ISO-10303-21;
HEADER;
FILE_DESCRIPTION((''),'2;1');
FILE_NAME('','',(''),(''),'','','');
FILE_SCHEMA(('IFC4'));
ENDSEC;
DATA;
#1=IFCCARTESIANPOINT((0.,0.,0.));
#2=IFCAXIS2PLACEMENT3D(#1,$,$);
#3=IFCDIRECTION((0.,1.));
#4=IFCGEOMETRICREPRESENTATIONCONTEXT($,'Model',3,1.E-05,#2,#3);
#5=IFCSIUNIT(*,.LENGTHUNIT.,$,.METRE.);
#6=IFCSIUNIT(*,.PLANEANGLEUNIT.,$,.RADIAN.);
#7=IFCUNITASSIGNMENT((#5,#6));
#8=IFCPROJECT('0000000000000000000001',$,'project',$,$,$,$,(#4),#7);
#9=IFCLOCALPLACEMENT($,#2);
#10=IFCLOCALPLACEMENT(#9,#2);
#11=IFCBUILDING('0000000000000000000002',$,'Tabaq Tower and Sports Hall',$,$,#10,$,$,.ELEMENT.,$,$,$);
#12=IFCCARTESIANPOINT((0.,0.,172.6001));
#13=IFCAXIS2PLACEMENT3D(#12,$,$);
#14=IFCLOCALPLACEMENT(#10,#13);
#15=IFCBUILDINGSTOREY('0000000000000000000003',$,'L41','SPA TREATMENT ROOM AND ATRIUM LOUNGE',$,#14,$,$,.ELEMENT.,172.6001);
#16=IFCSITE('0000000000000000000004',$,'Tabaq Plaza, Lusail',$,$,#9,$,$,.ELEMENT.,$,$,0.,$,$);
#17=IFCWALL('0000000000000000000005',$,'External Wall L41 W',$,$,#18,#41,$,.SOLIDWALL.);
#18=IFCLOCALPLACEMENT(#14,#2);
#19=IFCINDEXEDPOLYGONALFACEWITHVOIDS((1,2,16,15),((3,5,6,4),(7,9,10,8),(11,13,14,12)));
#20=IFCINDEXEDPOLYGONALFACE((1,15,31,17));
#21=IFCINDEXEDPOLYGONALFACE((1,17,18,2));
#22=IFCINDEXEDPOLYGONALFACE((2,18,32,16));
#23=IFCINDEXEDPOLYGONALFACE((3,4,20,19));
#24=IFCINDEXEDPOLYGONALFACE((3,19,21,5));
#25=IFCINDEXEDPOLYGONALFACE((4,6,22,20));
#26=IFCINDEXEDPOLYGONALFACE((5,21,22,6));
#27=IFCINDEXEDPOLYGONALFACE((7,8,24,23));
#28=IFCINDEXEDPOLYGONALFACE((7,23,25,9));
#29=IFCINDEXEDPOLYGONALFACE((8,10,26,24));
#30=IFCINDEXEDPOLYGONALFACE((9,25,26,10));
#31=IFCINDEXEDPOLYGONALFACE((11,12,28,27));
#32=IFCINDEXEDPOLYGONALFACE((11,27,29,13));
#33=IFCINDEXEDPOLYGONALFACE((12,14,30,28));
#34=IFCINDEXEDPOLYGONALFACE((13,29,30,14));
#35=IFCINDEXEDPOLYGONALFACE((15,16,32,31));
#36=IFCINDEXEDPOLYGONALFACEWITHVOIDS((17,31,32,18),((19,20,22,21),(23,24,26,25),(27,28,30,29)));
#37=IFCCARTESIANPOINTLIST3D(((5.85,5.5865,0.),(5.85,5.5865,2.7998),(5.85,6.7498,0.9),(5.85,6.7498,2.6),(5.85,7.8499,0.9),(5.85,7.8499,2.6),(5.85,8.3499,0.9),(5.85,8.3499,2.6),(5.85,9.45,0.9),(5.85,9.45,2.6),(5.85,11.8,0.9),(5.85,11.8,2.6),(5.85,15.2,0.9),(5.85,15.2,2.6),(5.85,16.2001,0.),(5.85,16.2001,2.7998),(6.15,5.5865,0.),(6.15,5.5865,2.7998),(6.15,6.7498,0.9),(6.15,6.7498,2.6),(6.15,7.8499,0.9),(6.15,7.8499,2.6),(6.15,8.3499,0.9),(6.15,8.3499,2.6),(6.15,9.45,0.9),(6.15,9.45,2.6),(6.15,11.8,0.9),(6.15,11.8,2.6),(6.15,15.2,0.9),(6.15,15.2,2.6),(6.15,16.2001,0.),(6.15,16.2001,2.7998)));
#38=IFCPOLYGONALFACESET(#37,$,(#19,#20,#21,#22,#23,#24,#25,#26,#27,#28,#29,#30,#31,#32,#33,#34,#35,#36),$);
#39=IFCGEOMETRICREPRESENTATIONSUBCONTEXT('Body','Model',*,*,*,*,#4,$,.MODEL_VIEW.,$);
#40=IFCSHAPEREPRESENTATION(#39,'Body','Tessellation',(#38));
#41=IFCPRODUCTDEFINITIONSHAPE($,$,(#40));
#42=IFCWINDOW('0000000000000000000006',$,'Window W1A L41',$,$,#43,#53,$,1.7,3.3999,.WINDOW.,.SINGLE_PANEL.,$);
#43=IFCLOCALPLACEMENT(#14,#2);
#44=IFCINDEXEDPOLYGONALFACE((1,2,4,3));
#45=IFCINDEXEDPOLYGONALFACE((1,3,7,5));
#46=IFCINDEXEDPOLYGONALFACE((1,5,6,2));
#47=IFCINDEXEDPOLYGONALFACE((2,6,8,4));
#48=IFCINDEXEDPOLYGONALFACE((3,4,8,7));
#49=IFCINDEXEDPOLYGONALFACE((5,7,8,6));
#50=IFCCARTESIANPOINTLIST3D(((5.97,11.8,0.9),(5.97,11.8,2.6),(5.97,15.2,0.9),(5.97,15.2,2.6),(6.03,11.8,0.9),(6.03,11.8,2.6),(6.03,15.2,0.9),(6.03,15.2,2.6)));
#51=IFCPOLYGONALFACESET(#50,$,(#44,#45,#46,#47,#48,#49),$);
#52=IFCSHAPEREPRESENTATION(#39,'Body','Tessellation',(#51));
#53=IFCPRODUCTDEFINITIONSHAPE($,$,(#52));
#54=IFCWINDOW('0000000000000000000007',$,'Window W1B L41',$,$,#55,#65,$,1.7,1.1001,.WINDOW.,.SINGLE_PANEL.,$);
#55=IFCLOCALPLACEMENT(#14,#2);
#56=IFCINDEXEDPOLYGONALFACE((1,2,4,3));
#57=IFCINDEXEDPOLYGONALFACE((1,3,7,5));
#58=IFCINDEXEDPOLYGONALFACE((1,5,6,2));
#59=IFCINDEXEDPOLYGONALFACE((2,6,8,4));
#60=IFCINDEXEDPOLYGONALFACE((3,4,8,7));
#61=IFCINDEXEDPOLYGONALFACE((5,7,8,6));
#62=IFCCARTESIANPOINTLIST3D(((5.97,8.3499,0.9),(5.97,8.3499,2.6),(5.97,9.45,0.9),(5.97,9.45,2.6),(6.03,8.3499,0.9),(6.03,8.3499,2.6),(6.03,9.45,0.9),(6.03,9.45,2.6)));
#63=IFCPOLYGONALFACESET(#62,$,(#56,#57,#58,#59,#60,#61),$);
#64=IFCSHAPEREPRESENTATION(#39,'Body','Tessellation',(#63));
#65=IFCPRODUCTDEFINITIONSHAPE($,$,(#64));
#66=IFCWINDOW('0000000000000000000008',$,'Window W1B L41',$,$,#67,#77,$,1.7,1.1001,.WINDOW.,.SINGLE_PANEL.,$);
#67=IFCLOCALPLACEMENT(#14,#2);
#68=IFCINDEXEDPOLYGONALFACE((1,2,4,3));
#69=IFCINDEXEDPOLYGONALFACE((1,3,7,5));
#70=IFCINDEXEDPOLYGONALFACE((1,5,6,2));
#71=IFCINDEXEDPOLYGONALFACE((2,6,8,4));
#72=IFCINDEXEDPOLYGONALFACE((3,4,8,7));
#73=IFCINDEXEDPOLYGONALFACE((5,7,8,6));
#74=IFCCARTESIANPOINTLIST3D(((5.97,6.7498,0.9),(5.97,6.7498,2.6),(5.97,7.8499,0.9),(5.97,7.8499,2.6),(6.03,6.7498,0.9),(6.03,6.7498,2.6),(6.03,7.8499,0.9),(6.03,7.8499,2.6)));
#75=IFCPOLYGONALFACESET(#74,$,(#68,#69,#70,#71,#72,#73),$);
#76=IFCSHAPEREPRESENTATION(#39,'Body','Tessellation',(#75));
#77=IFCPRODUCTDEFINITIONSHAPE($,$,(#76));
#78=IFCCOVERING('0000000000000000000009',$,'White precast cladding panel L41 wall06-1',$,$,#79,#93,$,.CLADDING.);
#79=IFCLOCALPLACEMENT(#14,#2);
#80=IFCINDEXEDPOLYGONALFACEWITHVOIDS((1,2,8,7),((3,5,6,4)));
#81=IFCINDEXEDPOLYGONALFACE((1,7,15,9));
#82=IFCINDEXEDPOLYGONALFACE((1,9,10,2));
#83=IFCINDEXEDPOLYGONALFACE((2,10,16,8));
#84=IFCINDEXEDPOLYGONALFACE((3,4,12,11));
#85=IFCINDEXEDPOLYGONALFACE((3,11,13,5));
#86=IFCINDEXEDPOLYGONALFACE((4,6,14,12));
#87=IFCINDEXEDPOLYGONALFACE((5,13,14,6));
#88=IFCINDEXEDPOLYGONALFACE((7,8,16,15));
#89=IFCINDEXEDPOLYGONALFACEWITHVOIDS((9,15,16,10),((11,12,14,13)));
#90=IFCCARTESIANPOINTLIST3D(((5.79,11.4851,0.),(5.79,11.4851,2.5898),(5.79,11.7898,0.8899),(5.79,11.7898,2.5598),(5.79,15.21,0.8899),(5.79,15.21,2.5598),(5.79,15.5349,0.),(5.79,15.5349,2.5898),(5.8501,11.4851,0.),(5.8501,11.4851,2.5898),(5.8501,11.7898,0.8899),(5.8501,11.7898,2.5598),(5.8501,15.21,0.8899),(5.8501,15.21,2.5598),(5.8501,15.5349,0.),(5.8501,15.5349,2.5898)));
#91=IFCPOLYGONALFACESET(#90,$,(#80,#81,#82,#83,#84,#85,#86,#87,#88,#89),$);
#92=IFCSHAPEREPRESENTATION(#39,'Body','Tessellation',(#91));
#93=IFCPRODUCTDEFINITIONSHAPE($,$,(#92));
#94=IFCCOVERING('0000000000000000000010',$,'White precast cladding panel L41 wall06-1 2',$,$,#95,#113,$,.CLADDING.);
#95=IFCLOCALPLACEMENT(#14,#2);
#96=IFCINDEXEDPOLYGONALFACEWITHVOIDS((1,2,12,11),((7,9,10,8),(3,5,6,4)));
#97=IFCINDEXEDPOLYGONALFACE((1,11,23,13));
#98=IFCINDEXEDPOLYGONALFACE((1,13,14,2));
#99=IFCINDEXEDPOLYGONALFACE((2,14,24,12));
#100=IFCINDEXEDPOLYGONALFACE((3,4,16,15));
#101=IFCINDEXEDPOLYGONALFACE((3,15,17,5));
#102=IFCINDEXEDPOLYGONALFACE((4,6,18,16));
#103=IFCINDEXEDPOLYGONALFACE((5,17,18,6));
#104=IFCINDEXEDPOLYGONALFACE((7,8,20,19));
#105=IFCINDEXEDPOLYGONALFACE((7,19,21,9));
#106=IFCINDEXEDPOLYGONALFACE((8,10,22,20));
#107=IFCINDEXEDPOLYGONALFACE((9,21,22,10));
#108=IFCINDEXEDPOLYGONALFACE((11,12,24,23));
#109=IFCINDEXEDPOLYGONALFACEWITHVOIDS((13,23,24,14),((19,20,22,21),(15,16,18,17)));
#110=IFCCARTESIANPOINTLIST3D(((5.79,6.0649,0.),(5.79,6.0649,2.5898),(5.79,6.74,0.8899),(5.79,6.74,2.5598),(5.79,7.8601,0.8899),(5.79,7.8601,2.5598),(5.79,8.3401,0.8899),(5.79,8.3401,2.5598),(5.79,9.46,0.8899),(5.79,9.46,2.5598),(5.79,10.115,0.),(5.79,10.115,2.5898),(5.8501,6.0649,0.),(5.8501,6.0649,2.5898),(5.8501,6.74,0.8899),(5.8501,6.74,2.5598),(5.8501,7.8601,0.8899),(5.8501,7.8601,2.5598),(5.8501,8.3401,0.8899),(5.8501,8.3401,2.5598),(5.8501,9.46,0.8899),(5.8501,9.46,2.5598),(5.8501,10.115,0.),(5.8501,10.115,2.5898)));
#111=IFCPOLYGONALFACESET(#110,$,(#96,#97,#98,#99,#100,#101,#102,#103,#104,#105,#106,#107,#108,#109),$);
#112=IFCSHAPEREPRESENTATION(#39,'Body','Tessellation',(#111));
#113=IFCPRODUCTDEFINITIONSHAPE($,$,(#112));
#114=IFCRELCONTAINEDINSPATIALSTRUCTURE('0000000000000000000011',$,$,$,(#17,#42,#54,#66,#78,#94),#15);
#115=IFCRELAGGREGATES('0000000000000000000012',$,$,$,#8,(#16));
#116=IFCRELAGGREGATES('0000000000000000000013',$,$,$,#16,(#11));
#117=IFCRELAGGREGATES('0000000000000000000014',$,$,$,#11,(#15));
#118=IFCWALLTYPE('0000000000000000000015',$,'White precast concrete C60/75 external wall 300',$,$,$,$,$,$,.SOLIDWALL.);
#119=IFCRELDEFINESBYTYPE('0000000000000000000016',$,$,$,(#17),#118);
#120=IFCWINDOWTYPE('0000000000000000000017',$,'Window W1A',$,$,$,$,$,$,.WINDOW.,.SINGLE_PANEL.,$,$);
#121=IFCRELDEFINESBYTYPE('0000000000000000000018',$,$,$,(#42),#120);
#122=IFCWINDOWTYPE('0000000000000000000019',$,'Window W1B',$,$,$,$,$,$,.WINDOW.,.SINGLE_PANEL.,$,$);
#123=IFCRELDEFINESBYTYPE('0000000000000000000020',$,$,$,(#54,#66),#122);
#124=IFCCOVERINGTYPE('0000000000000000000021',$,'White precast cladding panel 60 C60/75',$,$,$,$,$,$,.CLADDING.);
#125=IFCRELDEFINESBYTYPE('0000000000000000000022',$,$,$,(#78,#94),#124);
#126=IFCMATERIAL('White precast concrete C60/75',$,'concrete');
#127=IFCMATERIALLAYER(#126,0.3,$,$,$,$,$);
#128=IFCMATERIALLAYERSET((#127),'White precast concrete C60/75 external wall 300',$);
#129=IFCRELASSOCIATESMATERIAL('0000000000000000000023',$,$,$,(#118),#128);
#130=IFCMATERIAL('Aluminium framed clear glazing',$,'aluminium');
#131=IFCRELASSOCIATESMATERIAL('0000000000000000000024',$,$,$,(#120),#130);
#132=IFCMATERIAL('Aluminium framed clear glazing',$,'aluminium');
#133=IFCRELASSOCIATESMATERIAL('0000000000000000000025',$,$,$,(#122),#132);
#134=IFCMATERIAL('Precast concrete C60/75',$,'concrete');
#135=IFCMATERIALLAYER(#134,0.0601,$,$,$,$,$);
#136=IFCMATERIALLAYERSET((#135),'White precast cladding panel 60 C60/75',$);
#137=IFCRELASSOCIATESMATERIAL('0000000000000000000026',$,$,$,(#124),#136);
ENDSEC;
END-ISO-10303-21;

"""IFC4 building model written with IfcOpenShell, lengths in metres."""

from ifc_helpers import new_model, si_unit, direction, frame, frame_2d, origin, place, context, subcontext, project, spatial, polyline, rectangle, outline, extrude, material, layer, layer_set, type_object, element, fill, save


model = new_model("IFC4")

# Units and contexts
model_context = context("Model", 3, precision=1e-05, world=origin(), true_north=direction((0.0, 1.0)))
body_context = subcontext(model_context, "Body", "Model", "MODEL_VIEW")
ifc_project = project(units=[si_unit("LENGTHUNIT", "METRE"), si_unit("PLANEANGLEUNIT", "RADIAN")], contexts=[model_context])

# Site, building, storey
site_placement = place(None, origin())
site = spatial("IfcSite", under=ifc_project, at=site_placement, Name="Tabaq Plaza, Lusail", CompositionType="ELEMENT", RefElevation=0.0)
building_placement = place(site_placement, origin())
building = spatial("IfcBuilding", under=site, at=building_placement, Name="Tabaq Tower and Sports Hall", CompositionType="ELEMENT")
storey_placement = place(building_placement, frame((0.0, 0.0, 172.6001)))
storey = spatial("IfcBuildingStorey", under=building, at=storey_placement, Name="L41", Description="SPA TREATMENT ROOM AND ATRIUM LOUNGE", CompositionType="ELEMENT", Elevation=172.6001)

# Wall, openings, windows
ifc_material_1 = material(Name="White precast concrete C60/75", Category="concrete")
ifc_layer_1 = layer(ifc_material_1, 0.3)
ifc_layer_set_1 = layer_set([ifc_layer_1], Name="White precast concrete C60/75 external wall 300")
wall_type_1 = type_object("IfcWallType", Name="White precast concrete C60/75 external wall 300", PredefinedType="SOLIDWALL", material=ifc_layer_set_1)
wall_1_placement = place(storey_placement, frame((6.0, 16.2, 0.0), z_axis=(0.0, 0.0, 1.0), x_axis=(0.0, -1.0, 0.0)))
wall_1 = element("IfcWall", 1, at=wall_1_placement, inside=storey, type_object=wall_type_1, Name="External Wall L41 W", PredefinedType="SOLIDWALL", context=body_context, shape_type="SweptSolid", body=[
    extrude(rectangle(XDim=10.6135, YDim=0.3, at=frame_2d((5.3066, 0.0))), origin(), (0.0, 0.0, 1.0), 2.7998),
])
opening_1_placement = place(wall_1_placement, frame((1.0, 0.0, 0.8999)))
opening_1 = element("IfcOpeningElement", 2, at=opening_1_placement, cuts=wall_1, PredefinedType="OPENING", context=body_context, shape_type="SweptSolid", body=[
    extrude(rectangle(XDim=3.3999, YDim=1.7, at=frame_2d((1.7, 0.8501))), frame((0.0, 0.1602, 0.0), z_axis=(0.0, -1.0, 0.0), x_axis=(1.0, 0.0, 0.0)), (0.0, 0.0, 1.0), 0.3201),
])
opening_2_placement = place(wall_1_placement, frame((6.75, 0.0, 0.8999)))
opening_2 = element("IfcOpeningElement", 3, at=opening_2_placement, cuts=wall_1, PredefinedType="OPENING", context=body_context, shape_type="SweptSolid", body=[
    extrude(rectangle(XDim=1.1001, YDim=1.7, at=frame_2d((0.55, 0.8501))), frame((0.0, 0.1602, 0.0), z_axis=(0.0, -1.0, 0.0), x_axis=(1.0, 0.0, 0.0)), (0.0, 0.0, 1.0), 0.3201),
])
opening_3_placement = place(wall_1_placement, frame((8.3501, 0.0, 0.8999)))
opening_3 = element("IfcOpeningElement", 4, at=opening_3_placement, cuts=wall_1, PredefinedType="OPENING", context=body_context, shape_type="SweptSolid", body=[
    extrude(rectangle(XDim=1.1001, YDim=1.7, at=frame_2d((0.55, 0.8501))), frame((0.0, 0.1602, 0.0), z_axis=(0.0, -1.0, 0.0), x_axis=(1.0, 0.0, 0.0)), (0.0, 0.0, 1.0), 0.3201),
])
ifc_material_2 = material(Name="Aluminium framed clear glazing", Category="aluminium")
window_type_1 = type_object("IfcWindowType", Name="Window W1A", PartitioningType="SINGLE_PANEL", PredefinedType="WINDOW", material=ifc_material_2)
window_1_placement = place(opening_1_placement, origin())
window_1 = element("IfcWindow", 5, at=window_1_placement, inside=storey, type_object=window_type_1, Name="Window W1A L41", OverallHeight=1.7, OverallWidth=3.3999, PartitioningType="SINGLE_PANEL", PredefinedType="WINDOW", context=body_context, shape_type="SweptSolid", body=[
    extrude(rectangle(XDim=3.3999, YDim=1.7, at=frame_2d((1.7, 0.8501))), frame((0.0, 0.03, 0.0), z_axis=(0.0, -1.0, 0.0), x_axis=(1.0, 0.0, 0.0)), (0.0, 0.0, 1.0), 0.0601),
])
fill(opening_1, window_1)
ifc_material_3 = material(Name="Aluminium framed clear glazing", Category="aluminium")
window_type_2 = type_object("IfcWindowType", Name="Window W1B", PartitioningType="SINGLE_PANEL", PredefinedType="WINDOW", material=ifc_material_3)
window_2_placement = place(opening_2_placement, origin())
window_2 = element("IfcWindow", 6, at=window_2_placement, inside=storey, type_object=window_type_2, Name="Window W1B L41", OverallHeight=1.7, OverallWidth=1.1001, PartitioningType="SINGLE_PANEL", PredefinedType="WINDOW", context=body_context, shape_type="SweptSolid", body=[
    extrude(rectangle(XDim=1.1001, YDim=1.7, at=frame_2d((0.55, 0.8501))), frame((0.0, 0.03, 0.0), z_axis=(0.0, -1.0, 0.0), x_axis=(1.0, 0.0, 0.0)), (0.0, 0.0, 1.0), 0.0601),
])
fill(opening_2, window_2)
window_3_placement = place(opening_3_placement, origin())
window_3 = element("IfcWindow", 7, at=window_3_placement, inside=storey, type_object=window_type_2, Name="Window W1B L41", OverallHeight=1.7, OverallWidth=1.1001, PartitioningType="SINGLE_PANEL", PredefinedType="WINDOW", context=body_context, shape_type="SweptSolid", body=[
    extrude(rectangle(XDim=1.1001, YDim=1.7, at=frame_2d((0.55, 0.8501))), frame((0.0, 0.03, 0.0), z_axis=(0.0, -1.0, 0.0), x_axis=(1.0, 0.0, 0.0)), (0.0, 0.0, 1.0), 0.0601),
])
fill(opening_3, window_3)

# Coverings
ifc_material_4 = material(Name="Precast concrete C60/75", Category="concrete")
ifc_layer_2 = layer(ifc_material_4, 0.0601)
ifc_layer_set_2 = layer_set([ifc_layer_2], Name="White precast cladding panel 60 C60/75")
covering_type = type_object("IfcCoveringType", Name="White precast cladding panel 60 C60/75", PredefinedType="CLADDING", material=ifc_layer_set_2)
covering_1_placement = place(storey_placement, frame((5.8201, 15.5349, 0.0), z_axis=(0.0, 0.0, 1.0), x_axis=(0.0, -1.0, 0.0)))
element("IfcCovering", 8, at=covering_1_placement, inside=storey, type_object=covering_type, Name="White precast cladding panel L41 wall06-1", PredefinedType="CLADDING", context=body_context, shape_type="SweptSolid", body=[
    extrude(outline(polyline([(0.0, 0.0), (4.0498, 0.0), (4.0498, 2.5898), (0.0, 2.5898), (0.0, 0.0)]), holes=[polyline([(3.7451, 0.8899), (0.325, 0.8899), (0.325, 2.5598), (3.7451, 2.5598), (3.7451, 0.8899)])]), frame((0.0, 0.03, 0.0), z_axis=(0.0, -1.0, 0.0), x_axis=(1.0, 0.0, 0.0)), (0.0, 0.0, 1.0), 0.0601),
])
covering_2_placement = place(storey_placement, frame((5.8201, 10.115, 0.0), z_axis=(0.0, 0.0, 1.0), x_axis=(0.0, -1.0, 0.0)))
element("IfcCovering", 9, at=covering_2_placement, inside=storey, type_object=covering_type, Name="White precast cladding panel L41 wall06-1 2", PredefinedType="CLADDING", context=body_context, shape_type="SweptSolid", body=[
    extrude(outline(polyline([(0.0, 0.0), (4.05, 0.0), (4.05, 2.5898), (0.0, 2.5898), (0.0, 0.0)]), holes=[polyline([(0.655, 0.8899), (0.655, 2.5598), (1.7749, 2.5598), (1.7749, 0.8899), (0.655, 0.8899)]), polyline([(2.2549, 0.8899), (2.2549, 2.5598), (3.375, 2.5598), (3.375, 0.8899), (2.2549, 0.8899)])]), frame((0.0, 0.03, 0.0), z_axis=(0.0, -1.0, 0.0), x_axis=(1.0, 0.0, 0.0)), (0.0, 0.0, 1.0), 0.0601),
])

save(model, "model.ifc")
